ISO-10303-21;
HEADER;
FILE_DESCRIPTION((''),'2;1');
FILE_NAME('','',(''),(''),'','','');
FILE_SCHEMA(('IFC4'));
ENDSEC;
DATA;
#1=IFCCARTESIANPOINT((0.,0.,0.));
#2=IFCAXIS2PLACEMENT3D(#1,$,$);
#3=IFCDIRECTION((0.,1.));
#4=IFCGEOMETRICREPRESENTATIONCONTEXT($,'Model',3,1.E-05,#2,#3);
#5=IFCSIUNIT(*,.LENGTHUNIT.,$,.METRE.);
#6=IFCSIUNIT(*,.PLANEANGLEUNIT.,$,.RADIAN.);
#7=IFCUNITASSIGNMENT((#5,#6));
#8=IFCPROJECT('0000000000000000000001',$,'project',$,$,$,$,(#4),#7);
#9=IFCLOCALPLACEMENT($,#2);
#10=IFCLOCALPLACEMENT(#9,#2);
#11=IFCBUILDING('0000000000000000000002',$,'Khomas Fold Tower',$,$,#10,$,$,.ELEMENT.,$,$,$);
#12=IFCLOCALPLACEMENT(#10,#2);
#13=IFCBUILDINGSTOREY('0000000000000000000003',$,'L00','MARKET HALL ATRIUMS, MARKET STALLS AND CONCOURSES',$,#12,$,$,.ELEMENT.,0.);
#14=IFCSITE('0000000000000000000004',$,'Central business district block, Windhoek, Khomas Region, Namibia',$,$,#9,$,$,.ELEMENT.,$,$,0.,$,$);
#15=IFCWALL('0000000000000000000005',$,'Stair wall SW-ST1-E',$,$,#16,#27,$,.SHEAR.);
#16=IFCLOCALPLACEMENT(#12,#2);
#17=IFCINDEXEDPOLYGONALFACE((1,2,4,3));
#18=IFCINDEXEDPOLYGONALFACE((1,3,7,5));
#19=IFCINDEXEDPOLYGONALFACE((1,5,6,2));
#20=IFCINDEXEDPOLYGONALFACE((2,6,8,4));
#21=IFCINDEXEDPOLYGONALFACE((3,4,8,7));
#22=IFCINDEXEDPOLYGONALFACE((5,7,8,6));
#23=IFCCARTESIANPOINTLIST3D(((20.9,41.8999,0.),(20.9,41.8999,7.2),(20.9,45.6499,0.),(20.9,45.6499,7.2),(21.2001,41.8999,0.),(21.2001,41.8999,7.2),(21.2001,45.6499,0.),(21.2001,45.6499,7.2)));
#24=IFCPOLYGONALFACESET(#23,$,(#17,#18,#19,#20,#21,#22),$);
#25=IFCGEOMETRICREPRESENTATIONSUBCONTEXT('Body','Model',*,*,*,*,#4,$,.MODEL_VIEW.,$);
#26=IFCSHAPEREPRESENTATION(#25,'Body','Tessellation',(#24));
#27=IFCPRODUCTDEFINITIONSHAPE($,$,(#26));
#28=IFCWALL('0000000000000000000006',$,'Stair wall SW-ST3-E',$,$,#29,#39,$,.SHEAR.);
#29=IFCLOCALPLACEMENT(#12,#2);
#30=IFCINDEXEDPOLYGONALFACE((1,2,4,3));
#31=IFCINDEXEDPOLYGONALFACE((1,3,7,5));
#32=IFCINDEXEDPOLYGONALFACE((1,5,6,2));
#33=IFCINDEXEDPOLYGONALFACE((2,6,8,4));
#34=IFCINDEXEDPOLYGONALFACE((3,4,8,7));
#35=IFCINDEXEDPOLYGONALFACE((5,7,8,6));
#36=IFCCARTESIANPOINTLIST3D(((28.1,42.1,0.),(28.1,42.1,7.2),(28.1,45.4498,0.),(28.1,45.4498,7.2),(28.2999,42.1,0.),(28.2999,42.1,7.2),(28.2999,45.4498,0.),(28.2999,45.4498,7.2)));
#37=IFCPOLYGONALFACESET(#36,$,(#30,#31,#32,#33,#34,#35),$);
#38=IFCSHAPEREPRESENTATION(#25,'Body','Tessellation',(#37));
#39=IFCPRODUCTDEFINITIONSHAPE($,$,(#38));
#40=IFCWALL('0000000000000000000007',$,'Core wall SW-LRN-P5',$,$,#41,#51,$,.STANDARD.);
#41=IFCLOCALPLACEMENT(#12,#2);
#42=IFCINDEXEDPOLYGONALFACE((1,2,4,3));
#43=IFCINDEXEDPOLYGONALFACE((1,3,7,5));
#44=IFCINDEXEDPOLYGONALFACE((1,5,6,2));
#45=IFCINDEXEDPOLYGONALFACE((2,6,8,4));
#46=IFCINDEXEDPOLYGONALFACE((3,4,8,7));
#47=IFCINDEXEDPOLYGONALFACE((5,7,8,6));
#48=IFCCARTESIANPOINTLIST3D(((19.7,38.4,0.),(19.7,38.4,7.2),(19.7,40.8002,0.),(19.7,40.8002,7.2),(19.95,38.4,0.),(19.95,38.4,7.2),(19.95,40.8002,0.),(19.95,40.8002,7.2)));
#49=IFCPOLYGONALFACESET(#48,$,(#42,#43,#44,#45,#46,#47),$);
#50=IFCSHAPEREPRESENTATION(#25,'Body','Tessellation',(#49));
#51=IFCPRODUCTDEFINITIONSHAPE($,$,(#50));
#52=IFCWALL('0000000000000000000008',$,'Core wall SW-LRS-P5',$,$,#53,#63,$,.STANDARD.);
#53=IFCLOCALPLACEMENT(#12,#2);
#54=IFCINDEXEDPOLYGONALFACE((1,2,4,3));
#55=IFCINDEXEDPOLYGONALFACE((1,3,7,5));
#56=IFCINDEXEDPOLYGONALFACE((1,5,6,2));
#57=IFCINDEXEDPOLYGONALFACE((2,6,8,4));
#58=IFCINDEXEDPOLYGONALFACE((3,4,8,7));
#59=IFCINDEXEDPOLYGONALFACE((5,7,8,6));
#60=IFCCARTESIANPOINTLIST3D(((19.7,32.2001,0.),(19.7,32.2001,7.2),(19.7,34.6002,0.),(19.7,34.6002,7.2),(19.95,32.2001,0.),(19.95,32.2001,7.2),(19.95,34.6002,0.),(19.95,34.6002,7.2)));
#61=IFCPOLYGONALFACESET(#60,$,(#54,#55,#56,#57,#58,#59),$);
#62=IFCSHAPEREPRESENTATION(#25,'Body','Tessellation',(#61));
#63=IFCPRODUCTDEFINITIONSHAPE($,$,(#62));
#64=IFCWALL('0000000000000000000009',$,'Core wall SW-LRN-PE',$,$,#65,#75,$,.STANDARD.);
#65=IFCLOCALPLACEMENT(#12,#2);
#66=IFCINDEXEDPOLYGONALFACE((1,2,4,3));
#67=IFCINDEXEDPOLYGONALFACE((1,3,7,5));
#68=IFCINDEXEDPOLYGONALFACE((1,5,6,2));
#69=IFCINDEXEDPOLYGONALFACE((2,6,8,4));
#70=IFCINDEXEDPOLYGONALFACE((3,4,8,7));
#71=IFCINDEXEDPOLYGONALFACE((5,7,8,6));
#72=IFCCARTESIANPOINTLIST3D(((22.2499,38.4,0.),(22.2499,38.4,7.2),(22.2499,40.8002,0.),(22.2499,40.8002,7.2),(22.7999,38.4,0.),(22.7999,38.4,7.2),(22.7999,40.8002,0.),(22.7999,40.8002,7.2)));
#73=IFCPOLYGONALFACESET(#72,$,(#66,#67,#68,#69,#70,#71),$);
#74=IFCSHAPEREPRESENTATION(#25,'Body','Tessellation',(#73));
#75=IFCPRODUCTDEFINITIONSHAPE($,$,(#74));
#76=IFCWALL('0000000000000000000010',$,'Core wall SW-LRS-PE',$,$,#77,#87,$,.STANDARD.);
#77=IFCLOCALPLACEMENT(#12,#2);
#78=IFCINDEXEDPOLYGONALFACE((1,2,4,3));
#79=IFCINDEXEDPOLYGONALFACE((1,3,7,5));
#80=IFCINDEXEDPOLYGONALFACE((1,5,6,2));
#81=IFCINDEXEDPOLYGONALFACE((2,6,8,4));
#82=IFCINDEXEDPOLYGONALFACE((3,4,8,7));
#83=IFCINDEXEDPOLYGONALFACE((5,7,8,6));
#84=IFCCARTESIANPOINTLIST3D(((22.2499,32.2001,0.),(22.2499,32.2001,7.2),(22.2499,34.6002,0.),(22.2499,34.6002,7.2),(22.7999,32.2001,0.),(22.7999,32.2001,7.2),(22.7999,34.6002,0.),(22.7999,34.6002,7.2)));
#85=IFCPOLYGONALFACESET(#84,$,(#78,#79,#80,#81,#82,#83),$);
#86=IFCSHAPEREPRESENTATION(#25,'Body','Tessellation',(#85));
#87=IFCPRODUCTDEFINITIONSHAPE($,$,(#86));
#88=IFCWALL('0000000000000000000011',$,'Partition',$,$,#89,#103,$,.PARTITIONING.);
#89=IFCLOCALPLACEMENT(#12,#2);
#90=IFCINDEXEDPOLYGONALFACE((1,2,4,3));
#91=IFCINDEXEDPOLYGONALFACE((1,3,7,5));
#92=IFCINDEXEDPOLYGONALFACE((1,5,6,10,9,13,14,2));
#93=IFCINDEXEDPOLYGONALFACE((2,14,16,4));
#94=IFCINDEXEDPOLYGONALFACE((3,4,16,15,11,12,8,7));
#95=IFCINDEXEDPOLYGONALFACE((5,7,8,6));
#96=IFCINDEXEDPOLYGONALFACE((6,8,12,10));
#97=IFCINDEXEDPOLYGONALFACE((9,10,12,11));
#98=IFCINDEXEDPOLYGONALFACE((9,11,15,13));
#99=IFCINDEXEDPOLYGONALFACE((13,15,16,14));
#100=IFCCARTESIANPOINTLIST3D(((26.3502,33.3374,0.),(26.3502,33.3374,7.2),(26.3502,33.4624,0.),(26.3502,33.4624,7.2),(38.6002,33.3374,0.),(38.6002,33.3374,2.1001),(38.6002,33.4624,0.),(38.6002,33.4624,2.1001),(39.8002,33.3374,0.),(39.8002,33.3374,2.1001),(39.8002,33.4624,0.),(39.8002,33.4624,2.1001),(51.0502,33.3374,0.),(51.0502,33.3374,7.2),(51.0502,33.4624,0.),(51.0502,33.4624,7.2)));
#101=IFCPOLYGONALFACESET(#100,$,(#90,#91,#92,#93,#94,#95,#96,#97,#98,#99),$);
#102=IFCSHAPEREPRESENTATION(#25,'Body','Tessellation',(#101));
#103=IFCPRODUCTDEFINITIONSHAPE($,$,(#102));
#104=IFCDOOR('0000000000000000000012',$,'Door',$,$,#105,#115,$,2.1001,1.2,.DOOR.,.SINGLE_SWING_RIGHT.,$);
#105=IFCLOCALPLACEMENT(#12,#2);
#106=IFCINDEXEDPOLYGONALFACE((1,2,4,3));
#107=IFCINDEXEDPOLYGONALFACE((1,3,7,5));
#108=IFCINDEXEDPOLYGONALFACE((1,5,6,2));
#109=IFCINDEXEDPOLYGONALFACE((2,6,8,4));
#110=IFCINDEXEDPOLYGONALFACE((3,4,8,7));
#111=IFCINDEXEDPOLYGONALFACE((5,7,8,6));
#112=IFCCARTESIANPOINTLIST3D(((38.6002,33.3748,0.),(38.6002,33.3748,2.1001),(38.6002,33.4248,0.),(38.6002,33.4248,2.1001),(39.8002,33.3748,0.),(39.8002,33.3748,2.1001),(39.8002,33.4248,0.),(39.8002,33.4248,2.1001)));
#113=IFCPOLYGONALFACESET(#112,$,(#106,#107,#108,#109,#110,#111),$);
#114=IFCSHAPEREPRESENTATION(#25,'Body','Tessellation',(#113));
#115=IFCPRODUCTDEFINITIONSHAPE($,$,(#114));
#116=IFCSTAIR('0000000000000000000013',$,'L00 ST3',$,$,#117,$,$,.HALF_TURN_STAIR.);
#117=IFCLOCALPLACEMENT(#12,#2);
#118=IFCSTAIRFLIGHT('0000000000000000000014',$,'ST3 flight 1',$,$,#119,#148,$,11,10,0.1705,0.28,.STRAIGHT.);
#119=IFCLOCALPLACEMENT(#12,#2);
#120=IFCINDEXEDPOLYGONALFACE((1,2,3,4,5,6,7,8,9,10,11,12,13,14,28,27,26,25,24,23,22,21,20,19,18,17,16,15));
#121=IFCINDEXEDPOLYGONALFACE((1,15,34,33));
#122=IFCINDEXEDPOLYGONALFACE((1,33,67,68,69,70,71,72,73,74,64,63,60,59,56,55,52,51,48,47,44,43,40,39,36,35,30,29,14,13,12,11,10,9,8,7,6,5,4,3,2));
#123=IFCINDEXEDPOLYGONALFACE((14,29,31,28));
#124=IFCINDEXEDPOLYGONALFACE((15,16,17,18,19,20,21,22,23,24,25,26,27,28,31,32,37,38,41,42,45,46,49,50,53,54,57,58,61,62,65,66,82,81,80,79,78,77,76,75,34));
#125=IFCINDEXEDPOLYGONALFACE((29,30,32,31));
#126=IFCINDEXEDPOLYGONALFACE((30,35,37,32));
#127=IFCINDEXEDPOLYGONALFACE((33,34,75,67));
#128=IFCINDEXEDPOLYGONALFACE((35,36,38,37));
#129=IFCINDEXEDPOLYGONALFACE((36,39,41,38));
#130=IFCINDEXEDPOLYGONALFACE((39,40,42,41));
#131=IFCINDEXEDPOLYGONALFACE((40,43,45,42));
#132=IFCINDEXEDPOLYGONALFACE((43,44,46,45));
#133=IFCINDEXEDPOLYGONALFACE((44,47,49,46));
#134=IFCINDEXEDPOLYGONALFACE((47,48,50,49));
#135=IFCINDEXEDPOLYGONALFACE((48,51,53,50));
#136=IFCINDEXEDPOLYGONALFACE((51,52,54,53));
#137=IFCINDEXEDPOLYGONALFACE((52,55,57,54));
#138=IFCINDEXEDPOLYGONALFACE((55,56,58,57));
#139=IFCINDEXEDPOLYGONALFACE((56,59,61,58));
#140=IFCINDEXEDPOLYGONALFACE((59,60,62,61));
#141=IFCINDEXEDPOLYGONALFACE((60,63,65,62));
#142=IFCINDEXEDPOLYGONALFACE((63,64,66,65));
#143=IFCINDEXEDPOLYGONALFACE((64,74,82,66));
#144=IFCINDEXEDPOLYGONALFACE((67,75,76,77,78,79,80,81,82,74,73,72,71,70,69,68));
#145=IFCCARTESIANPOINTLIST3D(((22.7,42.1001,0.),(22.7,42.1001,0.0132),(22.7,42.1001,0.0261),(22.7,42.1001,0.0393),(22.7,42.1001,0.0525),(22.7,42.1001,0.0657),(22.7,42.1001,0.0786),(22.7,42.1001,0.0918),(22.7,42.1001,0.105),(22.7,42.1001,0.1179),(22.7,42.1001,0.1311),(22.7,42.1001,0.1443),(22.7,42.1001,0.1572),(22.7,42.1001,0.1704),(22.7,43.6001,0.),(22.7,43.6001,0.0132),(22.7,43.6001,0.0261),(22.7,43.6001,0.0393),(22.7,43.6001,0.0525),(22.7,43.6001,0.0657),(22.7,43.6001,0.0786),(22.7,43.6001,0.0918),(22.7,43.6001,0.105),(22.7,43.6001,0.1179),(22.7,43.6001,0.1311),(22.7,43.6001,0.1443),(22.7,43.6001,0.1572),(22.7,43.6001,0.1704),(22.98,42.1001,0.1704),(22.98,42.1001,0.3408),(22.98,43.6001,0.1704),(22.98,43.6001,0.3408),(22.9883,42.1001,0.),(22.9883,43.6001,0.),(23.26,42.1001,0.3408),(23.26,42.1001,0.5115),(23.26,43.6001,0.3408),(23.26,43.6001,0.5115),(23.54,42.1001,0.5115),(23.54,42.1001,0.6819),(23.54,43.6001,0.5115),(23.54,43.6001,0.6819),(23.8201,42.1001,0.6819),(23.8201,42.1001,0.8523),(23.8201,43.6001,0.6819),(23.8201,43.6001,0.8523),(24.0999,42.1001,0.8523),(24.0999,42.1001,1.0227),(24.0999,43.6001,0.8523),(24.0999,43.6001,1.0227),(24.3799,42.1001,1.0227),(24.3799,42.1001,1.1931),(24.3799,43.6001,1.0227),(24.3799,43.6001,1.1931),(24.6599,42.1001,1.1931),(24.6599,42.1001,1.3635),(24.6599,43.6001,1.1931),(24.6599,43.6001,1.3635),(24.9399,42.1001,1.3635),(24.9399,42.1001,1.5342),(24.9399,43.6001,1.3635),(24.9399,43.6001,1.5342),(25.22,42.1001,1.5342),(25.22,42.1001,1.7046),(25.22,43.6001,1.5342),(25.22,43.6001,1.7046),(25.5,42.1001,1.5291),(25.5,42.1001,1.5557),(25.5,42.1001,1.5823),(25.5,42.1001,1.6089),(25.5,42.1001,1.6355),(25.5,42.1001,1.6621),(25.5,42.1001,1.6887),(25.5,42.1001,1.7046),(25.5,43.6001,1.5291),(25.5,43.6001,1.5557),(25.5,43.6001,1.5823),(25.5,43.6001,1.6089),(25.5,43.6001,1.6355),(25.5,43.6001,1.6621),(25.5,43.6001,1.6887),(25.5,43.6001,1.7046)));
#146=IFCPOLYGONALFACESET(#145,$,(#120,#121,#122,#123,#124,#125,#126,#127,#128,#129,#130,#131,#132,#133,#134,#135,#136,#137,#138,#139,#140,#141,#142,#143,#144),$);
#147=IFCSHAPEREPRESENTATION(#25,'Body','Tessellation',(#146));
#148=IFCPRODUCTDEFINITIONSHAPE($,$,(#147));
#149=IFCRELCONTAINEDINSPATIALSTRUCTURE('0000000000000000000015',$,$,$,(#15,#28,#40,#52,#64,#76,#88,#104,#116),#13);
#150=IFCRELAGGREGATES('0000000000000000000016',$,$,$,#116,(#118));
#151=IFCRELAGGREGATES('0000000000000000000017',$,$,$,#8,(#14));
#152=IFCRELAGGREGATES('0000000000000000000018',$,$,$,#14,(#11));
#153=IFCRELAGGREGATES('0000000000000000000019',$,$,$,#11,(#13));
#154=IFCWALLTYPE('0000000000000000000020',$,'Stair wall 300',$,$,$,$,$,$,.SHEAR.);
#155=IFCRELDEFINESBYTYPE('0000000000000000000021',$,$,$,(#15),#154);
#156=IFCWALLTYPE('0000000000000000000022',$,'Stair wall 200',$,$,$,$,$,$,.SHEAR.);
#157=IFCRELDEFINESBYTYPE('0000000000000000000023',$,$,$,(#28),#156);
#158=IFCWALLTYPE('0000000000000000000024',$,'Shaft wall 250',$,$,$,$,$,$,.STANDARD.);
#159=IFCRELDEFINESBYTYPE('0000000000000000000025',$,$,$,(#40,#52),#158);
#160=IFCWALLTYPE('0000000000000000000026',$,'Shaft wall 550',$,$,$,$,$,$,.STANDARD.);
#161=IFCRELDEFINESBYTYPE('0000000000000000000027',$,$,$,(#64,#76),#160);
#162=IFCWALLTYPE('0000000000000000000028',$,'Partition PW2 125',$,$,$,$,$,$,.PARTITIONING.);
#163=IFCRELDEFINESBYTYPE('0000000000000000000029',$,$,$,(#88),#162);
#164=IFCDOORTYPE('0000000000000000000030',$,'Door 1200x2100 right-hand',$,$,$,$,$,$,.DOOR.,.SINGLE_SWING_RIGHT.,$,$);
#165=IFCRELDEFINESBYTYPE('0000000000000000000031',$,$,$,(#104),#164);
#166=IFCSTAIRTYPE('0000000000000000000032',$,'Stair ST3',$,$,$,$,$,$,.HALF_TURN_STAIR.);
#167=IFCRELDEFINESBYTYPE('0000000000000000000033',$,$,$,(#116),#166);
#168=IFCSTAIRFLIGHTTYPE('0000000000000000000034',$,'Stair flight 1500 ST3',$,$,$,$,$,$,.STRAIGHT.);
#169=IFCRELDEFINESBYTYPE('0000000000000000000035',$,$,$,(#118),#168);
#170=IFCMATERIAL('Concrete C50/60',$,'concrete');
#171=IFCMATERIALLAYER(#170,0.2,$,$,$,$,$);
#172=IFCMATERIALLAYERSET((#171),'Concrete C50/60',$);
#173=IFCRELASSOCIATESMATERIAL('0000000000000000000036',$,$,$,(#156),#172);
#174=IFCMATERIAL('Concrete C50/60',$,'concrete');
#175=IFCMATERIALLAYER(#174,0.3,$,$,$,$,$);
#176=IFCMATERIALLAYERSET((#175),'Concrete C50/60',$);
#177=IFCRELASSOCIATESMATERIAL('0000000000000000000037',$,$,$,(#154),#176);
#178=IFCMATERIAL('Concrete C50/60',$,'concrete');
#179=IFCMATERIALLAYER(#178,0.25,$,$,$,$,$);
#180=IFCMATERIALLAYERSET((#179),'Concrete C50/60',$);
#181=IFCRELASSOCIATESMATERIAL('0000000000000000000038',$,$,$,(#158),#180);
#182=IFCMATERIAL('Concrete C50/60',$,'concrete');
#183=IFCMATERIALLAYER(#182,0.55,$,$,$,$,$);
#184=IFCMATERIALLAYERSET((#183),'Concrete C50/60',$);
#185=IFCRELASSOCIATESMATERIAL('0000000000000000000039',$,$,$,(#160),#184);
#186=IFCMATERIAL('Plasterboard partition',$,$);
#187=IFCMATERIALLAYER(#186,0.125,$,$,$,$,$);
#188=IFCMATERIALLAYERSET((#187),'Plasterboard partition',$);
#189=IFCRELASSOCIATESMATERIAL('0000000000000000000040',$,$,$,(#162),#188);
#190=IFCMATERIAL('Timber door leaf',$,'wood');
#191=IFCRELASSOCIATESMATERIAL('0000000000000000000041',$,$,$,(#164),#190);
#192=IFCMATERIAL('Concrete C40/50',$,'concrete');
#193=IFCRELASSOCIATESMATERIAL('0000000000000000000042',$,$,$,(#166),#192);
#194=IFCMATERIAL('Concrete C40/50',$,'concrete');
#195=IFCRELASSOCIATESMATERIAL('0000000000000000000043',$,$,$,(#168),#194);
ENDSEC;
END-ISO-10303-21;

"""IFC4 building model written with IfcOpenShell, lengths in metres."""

from ifc_helpers import new_model, si_unit, direction, frame, frame_2d, origin, place, context, subcontext, project, spatial, polyline, rectangle, outline, extrude, source, transform, mapped, material, layer, layer_set, type_object, element, fill, aggregate, save


model = new_model("IFC4")

# Units and contexts
model_context = context("Model", 3, precision=1e-05, world=origin(), true_north=direction((0.0, 1.0)))
body_context = subcontext(model_context, "Body", "Model", "MODEL_VIEW")
ifc_project = project(units=[si_unit("LENGTHUNIT", "METRE"), si_unit("PLANEANGLEUNIT", "RADIAN")], contexts=[model_context])

# Site, building, storey
site_placement = place(None, origin())
site = spatial("IfcSite", under=ifc_project, at=site_placement, Name="Central business district block, Windhoek, Khomas Region, Namibia", CompositionType="ELEMENT", RefElevation=0.0)
building_placement = place(site_placement, origin())
building = spatial("IfcBuilding", under=site, at=building_placement, Name="Khomas Fold Tower", CompositionType="ELEMENT")
storey_placement = place(building_placement, origin())
storey = spatial("IfcBuildingStorey", under=building, at=storey_placement, Name="L00", Description="MARKET HALL ATRIUMS, MARKET STALLS AND CONCOURSES", CompositionType="ELEMENT", Elevation=0.0)

# Walls
ifc_material_1 = material(Name="Concrete C50/60", Category="concrete")
ifc_layer_1 = layer(ifc_material_1, 0.2)
ifc_layer_set_1 = layer_set([ifc_layer_1], Name="Concrete C50/60")
wall_type_1 = type_object("IfcWallType", Name="Stair wall 200", PredefinedType="SHEAR", material=ifc_layer_set_1)
ifc_material_2 = material(Name="Concrete C50/60", Category="concrete")
ifc_layer_2 = layer(ifc_material_2, 0.3)
ifc_layer_set_2 = layer_set([ifc_layer_2], Name="Concrete C50/60")
wall_type_2 = type_object("IfcWallType", Name="Stair wall 300", PredefinedType="SHEAR", material=ifc_layer_set_2)
shared_shape_1 = source(origin(), body_context, "Body", "SweptSolid", [
    extrude(rectangle(XDim=3.75, YDim=0.3, at=frame_2d((1.875, 0.0))), origin(), (0.0, 0.0, 1.0), 7.2),
])
wall_1_placement = place(storey_placement, frame((21.05, 41.8999, 0.0), z_axis=(0.0, 0.0, 1.0), x_axis=(0.0, 1.0, 0.0)))
element("IfcWall", 1, at=wall_1_placement, inside=storey, type_object=wall_type_2, Name="Stair wall SW-ST1-E", PredefinedType="SHEAR", context=body_context, shape_type="MappedRepresentation", body=[
    mapped(shared_shape_1, transform((0.0, 0.0, 0.0))),
])
shared_shape_2 = source(origin(), body_context, "Body", "SweptSolid", [
    extrude(rectangle(XDim=3.3499, YDim=0.2, at=frame_2d((1.6748, 0.0))), origin(), (0.0, 0.0, 1.0), 7.2),
])
wall_2_placement = place(storey_placement, frame((28.2, 42.1001, 0.0), z_axis=(0.0, 0.0, 1.0), x_axis=(0.0, 1.0, 0.0)))
element("IfcWall", 2, at=wall_2_placement, inside=storey, type_object=wall_type_1, Name="Stair wall SW-ST3-E", PredefinedType="SHEAR", context=body_context, shape_type="MappedRepresentation", body=[
    mapped(shared_shape_2, transform((0.0, 0.0, 0.0))),
])
ifc_material_3 = material(Name="Concrete C50/60", Category="concrete")
ifc_layer_3 = layer(ifc_material_3, 0.25)
ifc_layer_set_3 = layer_set([ifc_layer_3], Name="Concrete C50/60")
wall_type_3 = type_object("IfcWallType", Name="Shaft wall 250", PredefinedType="STANDARD", material=ifc_layer_set_3)
shared_shape_3 = source(origin(), body_context, "Body", "SweptSolid", [
    extrude(rectangle(XDim=2.4001, YDim=0.25, at=frame_2d((1.2002, 0.0))), origin(), (0.0, 0.0, 1.0), 7.2),
])
for number, where, z_axis, x_axis, name in (
    (3, (19.825, 38.3999, 0.0), (0.0, 0.0, 1.0), (0.0, 1.0, 0.0), "Core wall SW-LRN-P5"),
    (4, (19.825, 32.2, 0.0), (0.0, 0.0, 1.0), (0.0, 1.0, 0.0), "Core wall SW-LRS-P5"),
):
    element("IfcWall", number, at=place(storey_placement, frame(where, z_axis=z_axis, x_axis=x_axis)), inside=storey, type_object=wall_type_3, Name=name, PredefinedType="STANDARD", context=body_context, shape_type="MappedRepresentation", body=[
        mapped(shared_shape_3, transform((0.0, 0.0, 0.0))),
    ])
ifc_material_4 = material(Name="Concrete C50/60", Category="concrete")
ifc_layer_4 = layer(ifc_material_4, 0.55)
ifc_layer_set_4 = layer_set([ifc_layer_4], Name="Concrete C50/60")
wall_type_4 = type_object("IfcWallType", Name="Shaft wall 550", PredefinedType="STANDARD", material=ifc_layer_set_4)
shared_shape_4 = source(origin(), body_context, "Body", "SweptSolid", [
    extrude(rectangle(XDim=2.4001, YDim=0.55, at=frame_2d((1.2002, 0.0))), origin(), (0.0, 0.0, 1.0), 7.2),
])
for number, where, z_axis, x_axis, name in (
    (5, (22.5249, 38.3999, 0.0), (0.0, 0.0, 1.0), (0.0, 1.0, 0.0), "Core wall SW-LRN-PE"),
    (6, (22.5249, 32.2, 0.0), (0.0, 0.0, 1.0), (0.0, 1.0, 0.0), "Core wall SW-LRS-PE"),
):
    element("IfcWall", number, at=place(storey_placement, frame(where, z_axis=z_axis, x_axis=x_axis)), inside=storey, type_object=wall_type_4, Name=name, PredefinedType="STANDARD", context=body_context, shape_type="MappedRepresentation", body=[
        mapped(shared_shape_4, transform((0.0, 0.0, 0.0))),
    ])

# Wall, opening, door
ifc_material_5 = material(Name="Plasterboard partition")
ifc_layer_5 = layer(ifc_material_5, 0.125)
ifc_layer_set_5 = layer_set([ifc_layer_5], Name="Plasterboard partition")
wall_type_5 = type_object("IfcWallType", Name="Partition PW2 125", PredefinedType="PARTITIONING", material=ifc_layer_set_5)
shared_shape_5 = source(origin(), body_context, "Body", "SweptSolid", [
    extrude(rectangle(XDim=24.7, YDim=0.125, at=frame_2d((12.3501, 0.0))), origin(), (0.0, 0.0, 1.0), 7.2),
])
wall_3_placement = place(storey_placement, frame((26.3501, 33.3999, 0.0), z_axis=(0.0, 0.0, 1.0), x_axis=(1.0, 0.0, 0.0)))
wall_3 = element("IfcWall", 7, at=wall_3_placement, inside=storey, type_object=wall_type_5, Name="Partition", PredefinedType="PARTITIONING", context=body_context, shape_type="MappedRepresentation", body=[
    mapped(shared_shape_5, transform((0.0, 0.0, 0.0))),
])
shared_shape_6 = source(origin(), body_context, "Body", "SweptSolid", [
    extrude(rectangle(XDim=1.2, YDim=2.1001, at=frame_2d((0.6001, 1.05))), frame((0.0, 0.0725, 0.0), z_axis=(0.0, -1.0, 0.0), x_axis=(1.0, 0.0, 0.0)), (0.0, 0.0, 1.0), 0.145),
])
opening_placement = place(wall_3_placement, frame((12.25, 0.0, 0.0)))
opening = element("IfcOpeningElement", 8, at=opening_placement, cuts=wall_3, PredefinedType="OPENING", context=body_context, shape_type="MappedRepresentation", body=[
    mapped(shared_shape_6, transform((0.0, 0.0, 0.0))),
])
ifc_material_6 = material(Name="Timber door leaf", Category="wood")
door_type = type_object("IfcDoorType", Name="Door 1200x2100 right-hand", OperationType="SINGLE_SWING_RIGHT", PredefinedType="DOOR", material=ifc_material_6)
shared_shape_7 = source(origin(), body_context, "Body", "SweptSolid", [
    extrude(rectangle(XDim=1.2, YDim=2.1001, at=frame_2d((0.6001, 1.05))), frame((0.0, 0.0249, 0.0), z_axis=(0.0, -1.0, 0.0), x_axis=(1.0, 0.0, 0.0)), (0.0, 0.0, 1.0), 0.05),
])
door_placement = place(opening_placement, origin())
door = element("IfcDoor", 9, at=door_placement, inside=storey, type_object=door_type, Name="Door", OperationType="SINGLE_SWING_RIGHT", OverallHeight=2.1001, OverallWidth=1.2, PredefinedType="DOOR", context=body_context, shape_type="MappedRepresentation", body=[
    mapped(shared_shape_7, transform((0.0, 0.0, 0.0))),
])
fill(opening, door)

# Stair, stair flight
ifc_material_7 = material(Name="Concrete C40/50", Category="concrete")
stair_type = type_object("IfcStairType", Name="Stair ST3", PredefinedType="HALF_TURN_STAIR", material=ifc_material_7)
stair_placement = place(storey_placement, origin())
stair = element("IfcStair", 10, at=stair_placement, inside=storey, type_object=stair_type, Name="L00 ST3", PredefinedType="HALF_TURN_STAIR")
ifc_material_8 = material(Name="Concrete C40/50", Category="concrete")
stair_flight_type = type_object("IfcStairFlightType", Name="Stair flight 1500 ST3", PredefinedType="STRAIGHT", material=ifc_material_8)
shared_shape_8 = source(origin(), body_context, "Body", "SweptSolid", [
    extrude(outline(polyline([(0.0, 0.0), (0.0, 0.0132), (0.0, 0.0261), (0.0, 0.0393), (0.0, 0.0525), (0.0, 0.0657), (0.0, 0.0786), (0.0, 0.0918), (0.0, 0.105), (0.0, 0.1179), (0.0, 0.1311), (0.0, 0.1443), (0.0, 0.1572), (0.0, 0.1704), (0.28, 0.1704), (0.28, 0.3408), (0.5601, 0.3408), (0.5601, 0.5115), (0.8401, 0.5115), (0.8401, 0.6819), (1.1201, 0.6819), (1.1201, 0.8523), (1.3999, 0.8523), (1.3999, 1.0227), (1.6799, 1.0227), (1.6799, 1.1931), (1.96, 1.1931), (1.96, 1.3635), (2.24, 1.3635), (2.24, 1.5342), (2.52, 1.5342), (2.52, 1.7046), (2.8, 1.7046), (2.8, 1.875), (2.8, 1.8484), (2.8, 1.8218), (2.8, 1.7952), (2.8, 1.7686), (2.8, 1.7419), (2.8, 1.7153), (2.8, 1.6887), (2.8, 1.6621), (2.8, 1.6355), (2.8, 1.6089), (2.8, 1.5823), (2.8, 1.5557), (2.8, 1.5291), (0.2883, 0.0), (0.0, 0.0)])), frame((0.0, 0.75, 0.0), z_axis=(0.0, -1.0, 0.0), x_axis=(1.0, 0.0, 0.0)), (0.0, 0.0, 1.0), 1.5),
])
stair_flight_1_placement = place(storey_placement, frame((22.7, 42.8501, 0.0), z_axis=(0.0, 0.0, 1.0), x_axis=(1.0, 0.0, 0.0)))
stair_flight_1 = element("IfcStairFlight", 11, at=stair_flight_1_placement, type_object=stair_flight_type, Name="ST3 flight 1", NumberOfRisers=11, NumberOfTreads=10, PredefinedType="STRAIGHT", RiserHeight=0.1705, TreadLength=0.28, context=body_context, shape_type="MappedRepresentation", body=[
    mapped(shared_shape_8, transform((0.0, 0.0, 0.0))),
])
aggregate(stair, [stair_flight_1])

save(model, "model.ifc")
